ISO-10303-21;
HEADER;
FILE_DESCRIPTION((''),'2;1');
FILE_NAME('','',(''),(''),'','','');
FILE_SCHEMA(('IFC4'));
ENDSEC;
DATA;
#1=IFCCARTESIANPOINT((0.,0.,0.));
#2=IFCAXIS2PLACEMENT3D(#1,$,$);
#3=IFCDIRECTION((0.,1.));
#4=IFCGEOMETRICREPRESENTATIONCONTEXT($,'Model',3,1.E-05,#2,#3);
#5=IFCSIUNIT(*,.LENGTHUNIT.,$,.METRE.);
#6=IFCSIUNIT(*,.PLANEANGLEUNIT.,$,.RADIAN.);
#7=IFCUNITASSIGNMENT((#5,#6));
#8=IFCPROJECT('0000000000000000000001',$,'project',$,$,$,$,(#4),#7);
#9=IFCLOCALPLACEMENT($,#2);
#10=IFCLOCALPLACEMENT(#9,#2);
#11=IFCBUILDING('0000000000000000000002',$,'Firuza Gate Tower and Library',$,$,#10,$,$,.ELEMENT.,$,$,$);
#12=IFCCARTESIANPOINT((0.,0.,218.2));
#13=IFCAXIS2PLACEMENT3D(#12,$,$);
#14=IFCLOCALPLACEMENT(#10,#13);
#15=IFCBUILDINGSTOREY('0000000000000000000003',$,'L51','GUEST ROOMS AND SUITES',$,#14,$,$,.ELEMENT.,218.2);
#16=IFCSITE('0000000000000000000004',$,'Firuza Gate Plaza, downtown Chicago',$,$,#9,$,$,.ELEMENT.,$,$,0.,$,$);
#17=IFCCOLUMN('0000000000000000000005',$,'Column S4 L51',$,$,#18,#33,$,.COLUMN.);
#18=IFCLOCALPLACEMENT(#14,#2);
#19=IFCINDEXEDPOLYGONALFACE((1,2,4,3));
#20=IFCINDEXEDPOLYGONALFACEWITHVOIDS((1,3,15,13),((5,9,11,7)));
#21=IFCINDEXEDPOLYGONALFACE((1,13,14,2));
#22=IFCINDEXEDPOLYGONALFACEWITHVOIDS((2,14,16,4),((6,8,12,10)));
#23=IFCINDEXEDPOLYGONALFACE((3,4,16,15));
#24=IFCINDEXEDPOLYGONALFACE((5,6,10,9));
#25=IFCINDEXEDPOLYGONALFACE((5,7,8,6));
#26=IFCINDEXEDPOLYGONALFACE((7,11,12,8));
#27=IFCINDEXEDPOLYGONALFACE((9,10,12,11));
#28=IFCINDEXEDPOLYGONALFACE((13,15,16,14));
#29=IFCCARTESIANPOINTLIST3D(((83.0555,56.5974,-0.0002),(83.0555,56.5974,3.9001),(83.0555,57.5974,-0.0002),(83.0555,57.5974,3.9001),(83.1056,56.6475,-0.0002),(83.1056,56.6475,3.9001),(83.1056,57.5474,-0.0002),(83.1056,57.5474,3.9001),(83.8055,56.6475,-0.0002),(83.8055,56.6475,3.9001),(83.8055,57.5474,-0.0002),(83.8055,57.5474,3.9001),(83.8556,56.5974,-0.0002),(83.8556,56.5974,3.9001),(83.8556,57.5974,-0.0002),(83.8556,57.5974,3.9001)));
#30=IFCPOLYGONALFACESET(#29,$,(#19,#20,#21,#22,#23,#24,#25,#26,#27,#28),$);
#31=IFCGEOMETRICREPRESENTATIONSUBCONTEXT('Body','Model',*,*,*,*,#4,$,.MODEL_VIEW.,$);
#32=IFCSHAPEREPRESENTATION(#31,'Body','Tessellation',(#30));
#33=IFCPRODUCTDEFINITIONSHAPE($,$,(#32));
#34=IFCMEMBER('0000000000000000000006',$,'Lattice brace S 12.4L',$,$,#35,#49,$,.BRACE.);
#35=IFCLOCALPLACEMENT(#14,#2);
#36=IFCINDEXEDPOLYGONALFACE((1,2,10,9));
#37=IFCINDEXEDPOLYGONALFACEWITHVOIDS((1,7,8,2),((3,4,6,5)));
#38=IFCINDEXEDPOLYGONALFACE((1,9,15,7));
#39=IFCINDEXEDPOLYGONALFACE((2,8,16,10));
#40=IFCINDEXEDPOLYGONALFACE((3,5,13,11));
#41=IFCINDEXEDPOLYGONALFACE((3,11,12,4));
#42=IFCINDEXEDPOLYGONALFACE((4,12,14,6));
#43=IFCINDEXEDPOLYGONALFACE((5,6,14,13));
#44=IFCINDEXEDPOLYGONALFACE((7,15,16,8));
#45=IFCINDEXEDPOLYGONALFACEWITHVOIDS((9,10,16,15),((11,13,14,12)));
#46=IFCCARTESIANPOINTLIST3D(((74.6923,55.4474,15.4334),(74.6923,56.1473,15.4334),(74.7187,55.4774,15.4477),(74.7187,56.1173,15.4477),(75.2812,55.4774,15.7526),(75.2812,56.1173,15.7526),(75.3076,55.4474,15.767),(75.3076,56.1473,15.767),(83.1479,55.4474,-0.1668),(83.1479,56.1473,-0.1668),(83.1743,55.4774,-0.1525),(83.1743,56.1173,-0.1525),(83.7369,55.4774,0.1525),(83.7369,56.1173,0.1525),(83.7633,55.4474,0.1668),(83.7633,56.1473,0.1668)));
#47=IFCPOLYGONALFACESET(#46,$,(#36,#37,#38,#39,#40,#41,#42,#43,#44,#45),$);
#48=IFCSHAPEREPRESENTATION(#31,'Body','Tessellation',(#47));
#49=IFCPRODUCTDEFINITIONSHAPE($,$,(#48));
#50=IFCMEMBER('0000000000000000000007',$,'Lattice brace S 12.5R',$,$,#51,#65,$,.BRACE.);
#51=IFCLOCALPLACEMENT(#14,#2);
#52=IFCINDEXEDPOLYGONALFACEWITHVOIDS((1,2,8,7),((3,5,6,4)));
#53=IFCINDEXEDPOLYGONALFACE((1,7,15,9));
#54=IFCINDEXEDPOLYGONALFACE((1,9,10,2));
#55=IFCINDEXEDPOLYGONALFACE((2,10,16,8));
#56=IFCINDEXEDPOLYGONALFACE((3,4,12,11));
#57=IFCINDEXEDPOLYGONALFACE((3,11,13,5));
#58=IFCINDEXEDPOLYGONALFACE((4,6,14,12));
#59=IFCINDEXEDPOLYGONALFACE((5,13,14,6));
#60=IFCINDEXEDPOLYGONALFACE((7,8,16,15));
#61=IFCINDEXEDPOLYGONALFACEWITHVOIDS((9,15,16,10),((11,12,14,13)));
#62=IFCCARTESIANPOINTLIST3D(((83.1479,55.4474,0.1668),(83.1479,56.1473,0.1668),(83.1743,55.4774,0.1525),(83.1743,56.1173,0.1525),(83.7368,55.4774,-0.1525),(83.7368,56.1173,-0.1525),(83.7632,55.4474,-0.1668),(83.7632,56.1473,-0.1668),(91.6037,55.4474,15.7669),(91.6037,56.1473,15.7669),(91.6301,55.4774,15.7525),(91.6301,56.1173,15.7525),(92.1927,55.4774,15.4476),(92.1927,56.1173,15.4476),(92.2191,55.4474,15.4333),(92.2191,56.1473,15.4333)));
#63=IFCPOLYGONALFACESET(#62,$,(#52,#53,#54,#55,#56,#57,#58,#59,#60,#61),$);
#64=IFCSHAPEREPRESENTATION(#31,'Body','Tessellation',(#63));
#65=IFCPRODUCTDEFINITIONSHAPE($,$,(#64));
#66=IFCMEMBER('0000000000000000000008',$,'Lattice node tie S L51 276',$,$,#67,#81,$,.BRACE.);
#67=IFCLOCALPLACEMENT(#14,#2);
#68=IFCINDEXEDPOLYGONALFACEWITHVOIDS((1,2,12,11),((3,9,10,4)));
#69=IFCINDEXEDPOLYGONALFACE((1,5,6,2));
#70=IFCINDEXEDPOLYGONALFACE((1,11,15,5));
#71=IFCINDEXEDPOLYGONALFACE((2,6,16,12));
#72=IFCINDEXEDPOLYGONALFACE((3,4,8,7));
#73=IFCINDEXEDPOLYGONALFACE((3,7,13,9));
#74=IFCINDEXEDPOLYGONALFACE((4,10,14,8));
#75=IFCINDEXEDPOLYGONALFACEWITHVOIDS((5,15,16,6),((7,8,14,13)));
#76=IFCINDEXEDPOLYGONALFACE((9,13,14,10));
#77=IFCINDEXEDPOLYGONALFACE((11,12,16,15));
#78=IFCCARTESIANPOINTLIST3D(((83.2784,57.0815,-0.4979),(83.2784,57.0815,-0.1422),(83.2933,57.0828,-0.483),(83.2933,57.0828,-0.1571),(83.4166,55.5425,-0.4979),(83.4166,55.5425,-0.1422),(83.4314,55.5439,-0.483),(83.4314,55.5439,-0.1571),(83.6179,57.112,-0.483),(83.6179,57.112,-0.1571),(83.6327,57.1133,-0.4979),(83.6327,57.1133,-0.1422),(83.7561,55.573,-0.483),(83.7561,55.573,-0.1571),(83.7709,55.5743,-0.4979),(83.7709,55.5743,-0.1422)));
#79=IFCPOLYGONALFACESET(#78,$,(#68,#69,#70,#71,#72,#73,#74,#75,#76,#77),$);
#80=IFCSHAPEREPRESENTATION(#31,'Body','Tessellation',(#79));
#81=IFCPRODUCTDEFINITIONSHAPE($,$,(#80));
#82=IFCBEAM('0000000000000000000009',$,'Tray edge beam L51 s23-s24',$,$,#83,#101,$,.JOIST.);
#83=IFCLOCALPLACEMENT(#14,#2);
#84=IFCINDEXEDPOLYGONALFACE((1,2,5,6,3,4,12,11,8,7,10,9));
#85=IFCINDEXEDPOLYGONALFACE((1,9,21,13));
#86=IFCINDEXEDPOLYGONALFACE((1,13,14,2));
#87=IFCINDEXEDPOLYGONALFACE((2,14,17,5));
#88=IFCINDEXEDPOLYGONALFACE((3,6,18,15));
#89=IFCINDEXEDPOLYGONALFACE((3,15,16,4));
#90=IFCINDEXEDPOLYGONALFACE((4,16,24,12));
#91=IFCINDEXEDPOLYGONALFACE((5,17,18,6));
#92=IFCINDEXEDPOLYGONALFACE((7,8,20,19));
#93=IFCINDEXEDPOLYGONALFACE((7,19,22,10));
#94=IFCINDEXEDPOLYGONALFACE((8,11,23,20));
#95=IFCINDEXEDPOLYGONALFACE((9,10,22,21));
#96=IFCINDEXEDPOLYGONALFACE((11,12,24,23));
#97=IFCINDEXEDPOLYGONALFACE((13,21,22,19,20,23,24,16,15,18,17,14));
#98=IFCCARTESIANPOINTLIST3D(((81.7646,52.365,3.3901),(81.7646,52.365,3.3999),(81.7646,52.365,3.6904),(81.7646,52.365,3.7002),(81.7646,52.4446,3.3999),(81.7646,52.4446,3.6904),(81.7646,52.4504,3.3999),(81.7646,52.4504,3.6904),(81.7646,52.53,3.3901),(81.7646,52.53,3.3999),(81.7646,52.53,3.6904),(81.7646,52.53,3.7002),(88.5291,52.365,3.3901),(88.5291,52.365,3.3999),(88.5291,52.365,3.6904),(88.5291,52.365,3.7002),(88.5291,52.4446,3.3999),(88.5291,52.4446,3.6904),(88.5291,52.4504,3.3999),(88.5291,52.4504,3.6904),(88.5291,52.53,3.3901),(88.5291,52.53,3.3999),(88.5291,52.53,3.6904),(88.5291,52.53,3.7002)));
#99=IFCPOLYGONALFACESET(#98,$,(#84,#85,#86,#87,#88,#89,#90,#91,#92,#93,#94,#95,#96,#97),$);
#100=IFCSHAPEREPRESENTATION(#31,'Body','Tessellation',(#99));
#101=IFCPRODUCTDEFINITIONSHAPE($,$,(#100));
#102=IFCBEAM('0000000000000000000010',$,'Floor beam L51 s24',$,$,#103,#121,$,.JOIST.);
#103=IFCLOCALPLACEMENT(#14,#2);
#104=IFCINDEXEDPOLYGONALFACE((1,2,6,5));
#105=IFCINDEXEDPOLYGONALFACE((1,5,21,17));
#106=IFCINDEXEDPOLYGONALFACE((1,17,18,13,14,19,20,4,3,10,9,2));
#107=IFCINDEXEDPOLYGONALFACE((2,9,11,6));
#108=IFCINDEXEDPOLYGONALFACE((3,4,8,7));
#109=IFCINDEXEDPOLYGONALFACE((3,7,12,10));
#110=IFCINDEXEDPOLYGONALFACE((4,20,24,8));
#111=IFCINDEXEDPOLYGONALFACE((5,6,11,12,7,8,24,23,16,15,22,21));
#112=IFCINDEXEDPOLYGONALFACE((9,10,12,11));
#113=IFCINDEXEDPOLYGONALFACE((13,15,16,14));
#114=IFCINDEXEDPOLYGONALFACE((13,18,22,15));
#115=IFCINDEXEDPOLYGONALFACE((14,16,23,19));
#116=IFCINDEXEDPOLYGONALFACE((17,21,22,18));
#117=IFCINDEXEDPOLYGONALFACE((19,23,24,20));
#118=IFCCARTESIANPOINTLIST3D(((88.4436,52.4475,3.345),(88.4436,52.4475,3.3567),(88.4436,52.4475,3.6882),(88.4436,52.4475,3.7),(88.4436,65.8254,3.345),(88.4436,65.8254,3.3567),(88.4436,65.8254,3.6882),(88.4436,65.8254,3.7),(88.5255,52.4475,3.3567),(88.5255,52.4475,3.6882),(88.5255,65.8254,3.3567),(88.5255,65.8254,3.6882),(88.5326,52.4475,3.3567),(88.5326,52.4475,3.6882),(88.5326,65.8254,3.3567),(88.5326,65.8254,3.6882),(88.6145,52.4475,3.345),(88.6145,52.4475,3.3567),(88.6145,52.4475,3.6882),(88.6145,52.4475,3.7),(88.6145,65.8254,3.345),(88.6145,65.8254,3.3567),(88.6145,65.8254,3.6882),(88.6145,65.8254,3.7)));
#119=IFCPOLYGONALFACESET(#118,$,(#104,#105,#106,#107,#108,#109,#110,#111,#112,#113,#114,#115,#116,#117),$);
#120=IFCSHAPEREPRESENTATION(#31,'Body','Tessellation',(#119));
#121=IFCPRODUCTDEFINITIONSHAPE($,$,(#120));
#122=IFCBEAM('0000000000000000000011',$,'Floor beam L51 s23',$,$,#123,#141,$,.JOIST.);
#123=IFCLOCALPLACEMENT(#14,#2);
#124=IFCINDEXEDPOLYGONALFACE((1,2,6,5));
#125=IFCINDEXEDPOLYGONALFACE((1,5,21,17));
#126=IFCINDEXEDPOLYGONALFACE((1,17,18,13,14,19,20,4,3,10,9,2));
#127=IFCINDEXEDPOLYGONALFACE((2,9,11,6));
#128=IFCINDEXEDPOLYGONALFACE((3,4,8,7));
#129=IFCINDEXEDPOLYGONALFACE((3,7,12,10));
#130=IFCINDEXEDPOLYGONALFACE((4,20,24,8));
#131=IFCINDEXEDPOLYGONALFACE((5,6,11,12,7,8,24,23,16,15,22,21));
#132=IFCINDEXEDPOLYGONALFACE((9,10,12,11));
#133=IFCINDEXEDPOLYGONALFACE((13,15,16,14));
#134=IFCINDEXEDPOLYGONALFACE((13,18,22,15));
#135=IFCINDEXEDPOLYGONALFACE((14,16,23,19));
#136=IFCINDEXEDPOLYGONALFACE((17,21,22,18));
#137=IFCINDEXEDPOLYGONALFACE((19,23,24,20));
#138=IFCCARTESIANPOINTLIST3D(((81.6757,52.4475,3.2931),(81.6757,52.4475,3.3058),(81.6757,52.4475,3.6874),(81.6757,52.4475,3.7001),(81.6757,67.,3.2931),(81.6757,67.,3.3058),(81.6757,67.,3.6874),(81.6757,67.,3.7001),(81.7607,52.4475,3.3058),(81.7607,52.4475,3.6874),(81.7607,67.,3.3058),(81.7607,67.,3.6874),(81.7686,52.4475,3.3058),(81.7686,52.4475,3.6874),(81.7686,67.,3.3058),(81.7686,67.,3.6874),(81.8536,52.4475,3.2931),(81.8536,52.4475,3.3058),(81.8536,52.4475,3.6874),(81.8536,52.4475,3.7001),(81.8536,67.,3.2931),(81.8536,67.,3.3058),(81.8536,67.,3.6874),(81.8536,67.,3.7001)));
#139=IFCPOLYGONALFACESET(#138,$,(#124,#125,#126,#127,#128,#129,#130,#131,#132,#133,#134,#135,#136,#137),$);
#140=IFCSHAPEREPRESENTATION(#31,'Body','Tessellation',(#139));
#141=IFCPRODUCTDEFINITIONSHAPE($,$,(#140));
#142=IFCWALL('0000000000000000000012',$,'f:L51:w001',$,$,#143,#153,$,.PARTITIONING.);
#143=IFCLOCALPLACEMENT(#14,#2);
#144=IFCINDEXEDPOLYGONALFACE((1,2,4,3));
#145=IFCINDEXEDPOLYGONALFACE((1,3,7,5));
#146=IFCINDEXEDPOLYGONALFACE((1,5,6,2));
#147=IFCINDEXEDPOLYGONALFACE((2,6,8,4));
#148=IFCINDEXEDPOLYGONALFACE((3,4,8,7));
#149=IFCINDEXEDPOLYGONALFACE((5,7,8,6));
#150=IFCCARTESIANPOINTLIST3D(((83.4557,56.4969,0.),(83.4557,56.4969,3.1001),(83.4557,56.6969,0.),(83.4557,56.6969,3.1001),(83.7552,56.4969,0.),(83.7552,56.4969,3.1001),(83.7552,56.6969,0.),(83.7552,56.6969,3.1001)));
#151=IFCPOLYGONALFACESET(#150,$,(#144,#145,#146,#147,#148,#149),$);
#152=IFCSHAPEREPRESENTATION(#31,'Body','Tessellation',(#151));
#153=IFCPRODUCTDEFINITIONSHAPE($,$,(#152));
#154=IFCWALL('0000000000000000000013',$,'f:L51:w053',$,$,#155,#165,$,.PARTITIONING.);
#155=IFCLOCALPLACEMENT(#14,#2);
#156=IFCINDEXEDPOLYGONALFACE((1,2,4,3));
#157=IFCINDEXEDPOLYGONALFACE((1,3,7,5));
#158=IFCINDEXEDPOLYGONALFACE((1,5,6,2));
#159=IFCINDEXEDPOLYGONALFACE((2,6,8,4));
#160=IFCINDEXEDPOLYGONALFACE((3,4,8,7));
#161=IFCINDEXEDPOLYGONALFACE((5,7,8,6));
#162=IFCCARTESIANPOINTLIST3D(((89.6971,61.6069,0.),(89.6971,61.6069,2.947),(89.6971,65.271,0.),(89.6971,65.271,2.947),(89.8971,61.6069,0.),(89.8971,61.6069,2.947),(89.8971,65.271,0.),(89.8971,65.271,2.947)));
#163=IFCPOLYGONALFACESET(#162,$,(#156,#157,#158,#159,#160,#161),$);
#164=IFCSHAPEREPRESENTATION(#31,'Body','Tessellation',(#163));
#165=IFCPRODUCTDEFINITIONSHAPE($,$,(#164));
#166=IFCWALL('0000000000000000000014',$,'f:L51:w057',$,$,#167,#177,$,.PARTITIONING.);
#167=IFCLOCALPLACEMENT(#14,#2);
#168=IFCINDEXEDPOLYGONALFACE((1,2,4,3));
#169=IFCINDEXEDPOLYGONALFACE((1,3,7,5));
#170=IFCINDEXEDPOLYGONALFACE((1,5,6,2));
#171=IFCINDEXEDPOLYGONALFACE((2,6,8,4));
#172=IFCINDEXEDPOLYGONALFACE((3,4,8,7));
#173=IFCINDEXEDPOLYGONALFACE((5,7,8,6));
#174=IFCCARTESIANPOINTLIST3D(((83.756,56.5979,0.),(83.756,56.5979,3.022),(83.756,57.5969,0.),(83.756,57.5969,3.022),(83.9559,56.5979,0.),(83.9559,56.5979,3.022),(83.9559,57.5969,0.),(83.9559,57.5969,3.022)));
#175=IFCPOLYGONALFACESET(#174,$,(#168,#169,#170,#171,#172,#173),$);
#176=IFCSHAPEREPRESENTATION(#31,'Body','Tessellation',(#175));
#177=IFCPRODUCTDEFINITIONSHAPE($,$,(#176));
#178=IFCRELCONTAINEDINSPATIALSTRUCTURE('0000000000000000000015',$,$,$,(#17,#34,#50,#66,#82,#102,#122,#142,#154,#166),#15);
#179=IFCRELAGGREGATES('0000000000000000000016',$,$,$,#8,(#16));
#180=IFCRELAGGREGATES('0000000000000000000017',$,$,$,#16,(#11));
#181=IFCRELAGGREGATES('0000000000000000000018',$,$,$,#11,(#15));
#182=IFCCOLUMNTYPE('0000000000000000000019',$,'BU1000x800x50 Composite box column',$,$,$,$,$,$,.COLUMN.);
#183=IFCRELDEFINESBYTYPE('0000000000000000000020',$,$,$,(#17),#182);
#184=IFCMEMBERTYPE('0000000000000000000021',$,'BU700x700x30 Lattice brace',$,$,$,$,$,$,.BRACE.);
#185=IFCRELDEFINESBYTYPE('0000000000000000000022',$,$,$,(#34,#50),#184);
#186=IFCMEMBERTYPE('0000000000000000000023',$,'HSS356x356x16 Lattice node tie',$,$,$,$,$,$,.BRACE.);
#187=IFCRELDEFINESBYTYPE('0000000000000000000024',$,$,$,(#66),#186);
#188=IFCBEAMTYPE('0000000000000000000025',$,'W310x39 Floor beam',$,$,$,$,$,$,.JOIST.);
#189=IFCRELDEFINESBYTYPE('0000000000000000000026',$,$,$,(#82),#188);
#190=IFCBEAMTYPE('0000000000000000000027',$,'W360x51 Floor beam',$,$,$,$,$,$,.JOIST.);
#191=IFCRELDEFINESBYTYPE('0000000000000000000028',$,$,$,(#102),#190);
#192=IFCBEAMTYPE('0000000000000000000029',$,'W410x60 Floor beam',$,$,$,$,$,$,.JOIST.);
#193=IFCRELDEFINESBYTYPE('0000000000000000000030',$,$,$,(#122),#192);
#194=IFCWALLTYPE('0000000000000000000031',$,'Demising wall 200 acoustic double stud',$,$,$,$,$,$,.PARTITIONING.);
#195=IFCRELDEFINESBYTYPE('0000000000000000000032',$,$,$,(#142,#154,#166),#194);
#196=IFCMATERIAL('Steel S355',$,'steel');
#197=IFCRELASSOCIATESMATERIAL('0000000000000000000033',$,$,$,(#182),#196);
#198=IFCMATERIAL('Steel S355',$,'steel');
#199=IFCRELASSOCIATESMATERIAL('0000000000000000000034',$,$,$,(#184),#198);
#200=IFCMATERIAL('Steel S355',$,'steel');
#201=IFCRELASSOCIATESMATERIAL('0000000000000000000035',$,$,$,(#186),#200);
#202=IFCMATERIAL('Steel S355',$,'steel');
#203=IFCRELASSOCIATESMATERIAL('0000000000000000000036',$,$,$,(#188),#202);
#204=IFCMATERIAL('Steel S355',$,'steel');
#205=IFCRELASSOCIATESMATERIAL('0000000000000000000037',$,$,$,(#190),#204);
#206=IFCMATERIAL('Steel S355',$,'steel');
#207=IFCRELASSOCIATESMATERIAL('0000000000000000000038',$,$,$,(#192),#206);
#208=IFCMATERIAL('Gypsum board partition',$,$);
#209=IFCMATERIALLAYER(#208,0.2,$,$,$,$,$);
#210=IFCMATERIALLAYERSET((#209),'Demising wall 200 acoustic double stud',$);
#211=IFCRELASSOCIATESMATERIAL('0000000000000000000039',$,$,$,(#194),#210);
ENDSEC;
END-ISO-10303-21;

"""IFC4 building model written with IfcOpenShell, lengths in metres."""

from ifc_helpers import new_model, si_unit, direction, frame, frame_2d, origin, origin_2d, place, context, subcontext, project, spatial, rectangle, hollow_rectangle, i_section, extrude, material, layer, layer_set, material_profile, profile_set, type_object, element, save


model = new_model("IFC4")

# Units and contexts
model_context = context("Model", 3, precision=1e-05, world=origin(), true_north=direction((0.0, 1.0)))
body_context = subcontext(model_context, "Body", "Model", "MODEL_VIEW")
ifc_project = project(units=[si_unit("LENGTHUNIT", "METRE"), si_unit("PLANEANGLEUNIT", "RADIAN")], contexts=[model_context])

# Site, building, storey
site_placement = place(None, origin())
site = spatial("IfcSite", under=ifc_project, at=site_placement, Name="Firuza Gate Plaza, downtown Chicago", CompositionType="ELEMENT", RefElevation=0.0)
building_placement = place(site_placement, origin())
building = spatial("IfcBuilding", under=site, at=building_placement, Name="Firuza Gate Tower and Library", CompositionType="ELEMENT")
storey_placement = place(building_placement, frame((0.0, 0.0, 218.2)))
storey = spatial("IfcBuildingStorey", under=building, at=storey_placement, Name="L51", Description="GUEST ROOMS AND SUITES", CompositionType="ELEMENT", Elevation=218.2)

# Column
ifc_material_1 = material(Name="Steel S355", Category="steel")
ifc_material_profile_1 = material_profile(ifc_material_1, hollow_rectangle(XDim=0.8, YDim=1.0, WallThickness=0.05, at=origin_2d()))
ifc_profile_set_1 = profile_set([ifc_material_profile_1], Name="Steel S355")
column_type = type_object("IfcColumnType", Name="BU1000x800x50 Composite box column", PredefinedType="COLUMN", material=ifc_profile_set_1)
column_placement = place(storey_placement, frame((83.4556, 57.0974, -0.0002), z_axis=(0.0, 0.0, 1.0), x_axis=(1.0, 0.0, 0.0)))
element("IfcColumn", 1, at=column_placement, inside=storey, type_object=column_type, Name="Column S4 L51", PredefinedType="COLUMN", context=body_context, shape_type="SweptSolid", body=[
    extrude(hollow_rectangle(XDim=0.8, YDim=1.0, WallThickness=0.05, at=origin_2d()), origin(), (0.0, 0.0, 1.0), 3.9004),
])

# Members
ifc_material_2 = material(Name="Steel S355", Category="steel")
ifc_material_profile_2 = material_profile(ifc_material_2, hollow_rectangle(XDim=0.7, YDim=0.7, WallThickness=0.03, at=origin_2d()))
ifc_profile_set_2 = profile_set([ifc_material_profile_2], Name="Steel S355")
member_type_1 = type_object("IfcMemberType", Name="BU700x700x30 Lattice brace", PredefinedType="BRACE", material=ifc_profile_set_2)
for number, where, z_axis, x_axis, name in (
    (2, (83.4556, 55.7974, 0.0), (-0.476523, 0.0, 0.879162), (0.0, -1.0, 0.0), "Lattice brace S 12.4L"),
    (3, (83.4556, 55.7974, 0.0), (0.476534, 0.0, 0.879156), (0.0, 1.0, 0.0), "Lattice brace S 12.5R"),
):
    element("IfcMember", number, at=place(storey_placement, frame(where, z_axis=z_axis, x_axis=x_axis)), inside=storey, type_object=member_type_1, Name=name, PredefinedType="BRACE", context=body_context, shape_type="SweptSolid", body=[
        extrude(hollow_rectangle(XDim=0.7, YDim=0.7, WallThickness=0.03, at=origin_2d()), origin(), (0.0, 0.0, 1.0), 17.7444),
    ])
ifc_material_3 = material(Name="Steel S355", Category="steel")
ifc_material_profile_3 = material_profile(ifc_material_3, hollow_rectangle(XDim=0.3557, YDim=0.3557, WallThickness=0.0149, at=origin_2d()))
ifc_profile_set_3 = profile_set([ifc_material_profile_3], Name="Steel S355")
member_type_2 = type_object("IfcMemberType", Name="HSS356x356x16 Lattice node tie", PredefinedType="BRACE", material=ifc_profile_set_3)
member_placement = place(storey_placement, frame((83.4556, 57.0974, -0.3201), z_axis=(0.089425, -0.995994, 0.0), x_axis=(0.995994, 0.089425, 0.0)))
element("IfcMember", 4, at=member_placement, inside=storey, type_object=member_type_2, Name="Lattice node tie S L51 276", PredefinedType="BRACE", context=body_context, shape_type="SweptSolid", body=[
    extrude(hollow_rectangle(XDim=0.3557, YDim=0.3557, WallThickness=0.0149, at=origin_2d()), origin(), (0.0, 0.0, 1.0), 1.5452),
])

# Beams
ifc_material_4 = material(Name="Steel S355", Category="steel")
ifc_material_profile_4 = material_profile(ifc_material_4, i_section(OverallWidth=0.165, OverallDepth=0.3101, WebThickness=0.0059, FlangeThickness=0.0098, at=origin_2d()))
ifc_profile_set_4 = profile_set([ifc_material_profile_4], Name="Steel S355")
beam_type_1 = type_object("IfcBeamType", Name="W310x39 Floor beam", PredefinedType="JOIST", material=ifc_profile_set_4)
beam_1_placement = place(storey_placement, frame((81.7646, 52.4475, 3.5452), z_axis=(1.0, 0.0, 0.0), x_axis=(0.0, 1.0, 0.0)))
element("IfcBeam", 5, at=beam_1_placement, inside=storey, type_object=beam_type_1, Name="Tray edge beam L51 s23-s24", PredefinedType="JOIST", context=body_context, shape_type="SweptSolid", body=[
    extrude(i_section(OverallWidth=0.165, OverallDepth=0.3101, WebThickness=0.0059, FlangeThickness=0.0098, at=origin_2d()), origin(), (0.0, 0.0, 1.0), 6.7644),
])
ifc_material_5 = material(Name="Steel S355", Category="steel")
ifc_material_profile_5 = material_profile(ifc_material_5, i_section(OverallWidth=0.1709, OverallDepth=0.355, WebThickness=0.0071, FlangeThickness=0.0117, at=origin_2d()))
ifc_profile_set_5 = profile_set([ifc_material_profile_5], Name="Steel S355")
beam_type_2 = type_object("IfcBeamType", Name="W360x51 Floor beam", PredefinedType="JOIST", material=ifc_profile_set_5)
beam_2_placement = place(storey_placement, frame((88.5291, 52.4475, 3.5225), z_axis=(0.0, 1.0, 0.0), x_axis=(-1.0, 0.0, 0.0)))
element("IfcBeam", 6, at=beam_2_placement, inside=storey, type_object=beam_type_2, Name="Floor beam L51 s24", PredefinedType="JOIST", context=body_context, shape_type="SweptSolid", body=[
    extrude(i_section(OverallWidth=0.1709, OverallDepth=0.355, WebThickness=0.0071, FlangeThickness=0.0117, at=origin_2d()), origin(), (0.0, 0.0, 1.0), 13.3779),
])
ifc_material_6 = material(Name="Steel S355", Category="steel")
ifc_material_profile_6 = material_profile(ifc_material_6, i_section(OverallWidth=0.178, OverallDepth=0.407, WebThickness=0.0078, FlangeThickness=0.0127, at=origin_2d()))
ifc_profile_set_6 = profile_set([ifc_material_profile_6], Name="Steel S355")
beam_type_3 = type_object("IfcBeamType", Name="W410x60 Floor beam", PredefinedType="JOIST", material=ifc_profile_set_6)
beam_3_placement = place(storey_placement, frame((81.7646, 52.4475, 3.4966), z_axis=(0.0, 1.0, 0.0), x_axis=(-1.0, 0.0, 0.0)))
element("IfcBeam", 7, at=beam_3_placement, inside=storey, type_object=beam_type_3, Name="Floor beam L51 s23", PredefinedType="JOIST", context=body_context, shape_type="SweptSolid", body=[
    extrude(i_section(OverallWidth=0.178, OverallDepth=0.407, WebThickness=0.0078, FlangeThickness=0.0127, at=origin_2d()), origin(), (0.0, 0.0, 1.0), 14.5525),
])

# Walls
ifc_material_7 = material(Name="Gypsum board partition")
ifc_layer = layer(ifc_material_7, 0.2)
ifc_layer_set = layer_set([ifc_layer], Name="Demising wall 200 acoustic double stud")
wall_type = type_object("IfcWallType", Name="Demising wall 200 acoustic double stud", PredefinedType="PARTITIONING", material=ifc_layer_set)
wall_1_placement = place(storey_placement, frame((83.4556, 56.5969, 0.0), z_axis=(0.0, 0.0, 1.0), x_axis=(1.0, 0.0, 0.0)))
element("IfcWall", 8, at=wall_1_placement, inside=storey, type_object=wall_type, Name="f:L51:w001", PredefinedType="PARTITIONING", context=body_context, shape_type="SweptSolid", body=[
    extrude(rectangle(XDim=0.2996, YDim=0.2, at=frame_2d((0.1499, 0.0))), origin(), (0.0, 0.0, 1.0), 3.1001),
])
wall_2_placement = place(storey_placement, frame((89.7971, 61.6069, 0.0), z_axis=(0.0, 0.0, 1.0), x_axis=(0.0, 1.0, 0.0)))
element("IfcWall", 9, at=wall_2_placement, inside=storey, type_object=wall_type, Name="f:L51:w053", PredefinedType="PARTITIONING", context=body_context, shape_type="SweptSolid", body=[
    extrude(rectangle(XDim=3.6641, YDim=0.2, at=frame_2d((1.832, 0.0))), origin(), (0.0, 0.0, 1.0), 2.947),
])
wall_3_placement = place(storey_placement, frame((83.856, 56.5979, 0.0), z_axis=(0.0, 0.0, 1.0), x_axis=(0.0, 1.0, 0.0)))
element("IfcWall", 10, at=wall_3_placement, inside=storey, type_object=wall_type, Name="f:L51:w057", PredefinedType="PARTITIONING", context=body_context, shape_type="SweptSolid", body=[
    extrude(rectangle(XDim=0.999, YDim=0.2, at=frame_2d((0.4995, 0.0))), origin(), (0.0, 0.0, 1.0), 3.022),
])

save(model, "model.ifc")
